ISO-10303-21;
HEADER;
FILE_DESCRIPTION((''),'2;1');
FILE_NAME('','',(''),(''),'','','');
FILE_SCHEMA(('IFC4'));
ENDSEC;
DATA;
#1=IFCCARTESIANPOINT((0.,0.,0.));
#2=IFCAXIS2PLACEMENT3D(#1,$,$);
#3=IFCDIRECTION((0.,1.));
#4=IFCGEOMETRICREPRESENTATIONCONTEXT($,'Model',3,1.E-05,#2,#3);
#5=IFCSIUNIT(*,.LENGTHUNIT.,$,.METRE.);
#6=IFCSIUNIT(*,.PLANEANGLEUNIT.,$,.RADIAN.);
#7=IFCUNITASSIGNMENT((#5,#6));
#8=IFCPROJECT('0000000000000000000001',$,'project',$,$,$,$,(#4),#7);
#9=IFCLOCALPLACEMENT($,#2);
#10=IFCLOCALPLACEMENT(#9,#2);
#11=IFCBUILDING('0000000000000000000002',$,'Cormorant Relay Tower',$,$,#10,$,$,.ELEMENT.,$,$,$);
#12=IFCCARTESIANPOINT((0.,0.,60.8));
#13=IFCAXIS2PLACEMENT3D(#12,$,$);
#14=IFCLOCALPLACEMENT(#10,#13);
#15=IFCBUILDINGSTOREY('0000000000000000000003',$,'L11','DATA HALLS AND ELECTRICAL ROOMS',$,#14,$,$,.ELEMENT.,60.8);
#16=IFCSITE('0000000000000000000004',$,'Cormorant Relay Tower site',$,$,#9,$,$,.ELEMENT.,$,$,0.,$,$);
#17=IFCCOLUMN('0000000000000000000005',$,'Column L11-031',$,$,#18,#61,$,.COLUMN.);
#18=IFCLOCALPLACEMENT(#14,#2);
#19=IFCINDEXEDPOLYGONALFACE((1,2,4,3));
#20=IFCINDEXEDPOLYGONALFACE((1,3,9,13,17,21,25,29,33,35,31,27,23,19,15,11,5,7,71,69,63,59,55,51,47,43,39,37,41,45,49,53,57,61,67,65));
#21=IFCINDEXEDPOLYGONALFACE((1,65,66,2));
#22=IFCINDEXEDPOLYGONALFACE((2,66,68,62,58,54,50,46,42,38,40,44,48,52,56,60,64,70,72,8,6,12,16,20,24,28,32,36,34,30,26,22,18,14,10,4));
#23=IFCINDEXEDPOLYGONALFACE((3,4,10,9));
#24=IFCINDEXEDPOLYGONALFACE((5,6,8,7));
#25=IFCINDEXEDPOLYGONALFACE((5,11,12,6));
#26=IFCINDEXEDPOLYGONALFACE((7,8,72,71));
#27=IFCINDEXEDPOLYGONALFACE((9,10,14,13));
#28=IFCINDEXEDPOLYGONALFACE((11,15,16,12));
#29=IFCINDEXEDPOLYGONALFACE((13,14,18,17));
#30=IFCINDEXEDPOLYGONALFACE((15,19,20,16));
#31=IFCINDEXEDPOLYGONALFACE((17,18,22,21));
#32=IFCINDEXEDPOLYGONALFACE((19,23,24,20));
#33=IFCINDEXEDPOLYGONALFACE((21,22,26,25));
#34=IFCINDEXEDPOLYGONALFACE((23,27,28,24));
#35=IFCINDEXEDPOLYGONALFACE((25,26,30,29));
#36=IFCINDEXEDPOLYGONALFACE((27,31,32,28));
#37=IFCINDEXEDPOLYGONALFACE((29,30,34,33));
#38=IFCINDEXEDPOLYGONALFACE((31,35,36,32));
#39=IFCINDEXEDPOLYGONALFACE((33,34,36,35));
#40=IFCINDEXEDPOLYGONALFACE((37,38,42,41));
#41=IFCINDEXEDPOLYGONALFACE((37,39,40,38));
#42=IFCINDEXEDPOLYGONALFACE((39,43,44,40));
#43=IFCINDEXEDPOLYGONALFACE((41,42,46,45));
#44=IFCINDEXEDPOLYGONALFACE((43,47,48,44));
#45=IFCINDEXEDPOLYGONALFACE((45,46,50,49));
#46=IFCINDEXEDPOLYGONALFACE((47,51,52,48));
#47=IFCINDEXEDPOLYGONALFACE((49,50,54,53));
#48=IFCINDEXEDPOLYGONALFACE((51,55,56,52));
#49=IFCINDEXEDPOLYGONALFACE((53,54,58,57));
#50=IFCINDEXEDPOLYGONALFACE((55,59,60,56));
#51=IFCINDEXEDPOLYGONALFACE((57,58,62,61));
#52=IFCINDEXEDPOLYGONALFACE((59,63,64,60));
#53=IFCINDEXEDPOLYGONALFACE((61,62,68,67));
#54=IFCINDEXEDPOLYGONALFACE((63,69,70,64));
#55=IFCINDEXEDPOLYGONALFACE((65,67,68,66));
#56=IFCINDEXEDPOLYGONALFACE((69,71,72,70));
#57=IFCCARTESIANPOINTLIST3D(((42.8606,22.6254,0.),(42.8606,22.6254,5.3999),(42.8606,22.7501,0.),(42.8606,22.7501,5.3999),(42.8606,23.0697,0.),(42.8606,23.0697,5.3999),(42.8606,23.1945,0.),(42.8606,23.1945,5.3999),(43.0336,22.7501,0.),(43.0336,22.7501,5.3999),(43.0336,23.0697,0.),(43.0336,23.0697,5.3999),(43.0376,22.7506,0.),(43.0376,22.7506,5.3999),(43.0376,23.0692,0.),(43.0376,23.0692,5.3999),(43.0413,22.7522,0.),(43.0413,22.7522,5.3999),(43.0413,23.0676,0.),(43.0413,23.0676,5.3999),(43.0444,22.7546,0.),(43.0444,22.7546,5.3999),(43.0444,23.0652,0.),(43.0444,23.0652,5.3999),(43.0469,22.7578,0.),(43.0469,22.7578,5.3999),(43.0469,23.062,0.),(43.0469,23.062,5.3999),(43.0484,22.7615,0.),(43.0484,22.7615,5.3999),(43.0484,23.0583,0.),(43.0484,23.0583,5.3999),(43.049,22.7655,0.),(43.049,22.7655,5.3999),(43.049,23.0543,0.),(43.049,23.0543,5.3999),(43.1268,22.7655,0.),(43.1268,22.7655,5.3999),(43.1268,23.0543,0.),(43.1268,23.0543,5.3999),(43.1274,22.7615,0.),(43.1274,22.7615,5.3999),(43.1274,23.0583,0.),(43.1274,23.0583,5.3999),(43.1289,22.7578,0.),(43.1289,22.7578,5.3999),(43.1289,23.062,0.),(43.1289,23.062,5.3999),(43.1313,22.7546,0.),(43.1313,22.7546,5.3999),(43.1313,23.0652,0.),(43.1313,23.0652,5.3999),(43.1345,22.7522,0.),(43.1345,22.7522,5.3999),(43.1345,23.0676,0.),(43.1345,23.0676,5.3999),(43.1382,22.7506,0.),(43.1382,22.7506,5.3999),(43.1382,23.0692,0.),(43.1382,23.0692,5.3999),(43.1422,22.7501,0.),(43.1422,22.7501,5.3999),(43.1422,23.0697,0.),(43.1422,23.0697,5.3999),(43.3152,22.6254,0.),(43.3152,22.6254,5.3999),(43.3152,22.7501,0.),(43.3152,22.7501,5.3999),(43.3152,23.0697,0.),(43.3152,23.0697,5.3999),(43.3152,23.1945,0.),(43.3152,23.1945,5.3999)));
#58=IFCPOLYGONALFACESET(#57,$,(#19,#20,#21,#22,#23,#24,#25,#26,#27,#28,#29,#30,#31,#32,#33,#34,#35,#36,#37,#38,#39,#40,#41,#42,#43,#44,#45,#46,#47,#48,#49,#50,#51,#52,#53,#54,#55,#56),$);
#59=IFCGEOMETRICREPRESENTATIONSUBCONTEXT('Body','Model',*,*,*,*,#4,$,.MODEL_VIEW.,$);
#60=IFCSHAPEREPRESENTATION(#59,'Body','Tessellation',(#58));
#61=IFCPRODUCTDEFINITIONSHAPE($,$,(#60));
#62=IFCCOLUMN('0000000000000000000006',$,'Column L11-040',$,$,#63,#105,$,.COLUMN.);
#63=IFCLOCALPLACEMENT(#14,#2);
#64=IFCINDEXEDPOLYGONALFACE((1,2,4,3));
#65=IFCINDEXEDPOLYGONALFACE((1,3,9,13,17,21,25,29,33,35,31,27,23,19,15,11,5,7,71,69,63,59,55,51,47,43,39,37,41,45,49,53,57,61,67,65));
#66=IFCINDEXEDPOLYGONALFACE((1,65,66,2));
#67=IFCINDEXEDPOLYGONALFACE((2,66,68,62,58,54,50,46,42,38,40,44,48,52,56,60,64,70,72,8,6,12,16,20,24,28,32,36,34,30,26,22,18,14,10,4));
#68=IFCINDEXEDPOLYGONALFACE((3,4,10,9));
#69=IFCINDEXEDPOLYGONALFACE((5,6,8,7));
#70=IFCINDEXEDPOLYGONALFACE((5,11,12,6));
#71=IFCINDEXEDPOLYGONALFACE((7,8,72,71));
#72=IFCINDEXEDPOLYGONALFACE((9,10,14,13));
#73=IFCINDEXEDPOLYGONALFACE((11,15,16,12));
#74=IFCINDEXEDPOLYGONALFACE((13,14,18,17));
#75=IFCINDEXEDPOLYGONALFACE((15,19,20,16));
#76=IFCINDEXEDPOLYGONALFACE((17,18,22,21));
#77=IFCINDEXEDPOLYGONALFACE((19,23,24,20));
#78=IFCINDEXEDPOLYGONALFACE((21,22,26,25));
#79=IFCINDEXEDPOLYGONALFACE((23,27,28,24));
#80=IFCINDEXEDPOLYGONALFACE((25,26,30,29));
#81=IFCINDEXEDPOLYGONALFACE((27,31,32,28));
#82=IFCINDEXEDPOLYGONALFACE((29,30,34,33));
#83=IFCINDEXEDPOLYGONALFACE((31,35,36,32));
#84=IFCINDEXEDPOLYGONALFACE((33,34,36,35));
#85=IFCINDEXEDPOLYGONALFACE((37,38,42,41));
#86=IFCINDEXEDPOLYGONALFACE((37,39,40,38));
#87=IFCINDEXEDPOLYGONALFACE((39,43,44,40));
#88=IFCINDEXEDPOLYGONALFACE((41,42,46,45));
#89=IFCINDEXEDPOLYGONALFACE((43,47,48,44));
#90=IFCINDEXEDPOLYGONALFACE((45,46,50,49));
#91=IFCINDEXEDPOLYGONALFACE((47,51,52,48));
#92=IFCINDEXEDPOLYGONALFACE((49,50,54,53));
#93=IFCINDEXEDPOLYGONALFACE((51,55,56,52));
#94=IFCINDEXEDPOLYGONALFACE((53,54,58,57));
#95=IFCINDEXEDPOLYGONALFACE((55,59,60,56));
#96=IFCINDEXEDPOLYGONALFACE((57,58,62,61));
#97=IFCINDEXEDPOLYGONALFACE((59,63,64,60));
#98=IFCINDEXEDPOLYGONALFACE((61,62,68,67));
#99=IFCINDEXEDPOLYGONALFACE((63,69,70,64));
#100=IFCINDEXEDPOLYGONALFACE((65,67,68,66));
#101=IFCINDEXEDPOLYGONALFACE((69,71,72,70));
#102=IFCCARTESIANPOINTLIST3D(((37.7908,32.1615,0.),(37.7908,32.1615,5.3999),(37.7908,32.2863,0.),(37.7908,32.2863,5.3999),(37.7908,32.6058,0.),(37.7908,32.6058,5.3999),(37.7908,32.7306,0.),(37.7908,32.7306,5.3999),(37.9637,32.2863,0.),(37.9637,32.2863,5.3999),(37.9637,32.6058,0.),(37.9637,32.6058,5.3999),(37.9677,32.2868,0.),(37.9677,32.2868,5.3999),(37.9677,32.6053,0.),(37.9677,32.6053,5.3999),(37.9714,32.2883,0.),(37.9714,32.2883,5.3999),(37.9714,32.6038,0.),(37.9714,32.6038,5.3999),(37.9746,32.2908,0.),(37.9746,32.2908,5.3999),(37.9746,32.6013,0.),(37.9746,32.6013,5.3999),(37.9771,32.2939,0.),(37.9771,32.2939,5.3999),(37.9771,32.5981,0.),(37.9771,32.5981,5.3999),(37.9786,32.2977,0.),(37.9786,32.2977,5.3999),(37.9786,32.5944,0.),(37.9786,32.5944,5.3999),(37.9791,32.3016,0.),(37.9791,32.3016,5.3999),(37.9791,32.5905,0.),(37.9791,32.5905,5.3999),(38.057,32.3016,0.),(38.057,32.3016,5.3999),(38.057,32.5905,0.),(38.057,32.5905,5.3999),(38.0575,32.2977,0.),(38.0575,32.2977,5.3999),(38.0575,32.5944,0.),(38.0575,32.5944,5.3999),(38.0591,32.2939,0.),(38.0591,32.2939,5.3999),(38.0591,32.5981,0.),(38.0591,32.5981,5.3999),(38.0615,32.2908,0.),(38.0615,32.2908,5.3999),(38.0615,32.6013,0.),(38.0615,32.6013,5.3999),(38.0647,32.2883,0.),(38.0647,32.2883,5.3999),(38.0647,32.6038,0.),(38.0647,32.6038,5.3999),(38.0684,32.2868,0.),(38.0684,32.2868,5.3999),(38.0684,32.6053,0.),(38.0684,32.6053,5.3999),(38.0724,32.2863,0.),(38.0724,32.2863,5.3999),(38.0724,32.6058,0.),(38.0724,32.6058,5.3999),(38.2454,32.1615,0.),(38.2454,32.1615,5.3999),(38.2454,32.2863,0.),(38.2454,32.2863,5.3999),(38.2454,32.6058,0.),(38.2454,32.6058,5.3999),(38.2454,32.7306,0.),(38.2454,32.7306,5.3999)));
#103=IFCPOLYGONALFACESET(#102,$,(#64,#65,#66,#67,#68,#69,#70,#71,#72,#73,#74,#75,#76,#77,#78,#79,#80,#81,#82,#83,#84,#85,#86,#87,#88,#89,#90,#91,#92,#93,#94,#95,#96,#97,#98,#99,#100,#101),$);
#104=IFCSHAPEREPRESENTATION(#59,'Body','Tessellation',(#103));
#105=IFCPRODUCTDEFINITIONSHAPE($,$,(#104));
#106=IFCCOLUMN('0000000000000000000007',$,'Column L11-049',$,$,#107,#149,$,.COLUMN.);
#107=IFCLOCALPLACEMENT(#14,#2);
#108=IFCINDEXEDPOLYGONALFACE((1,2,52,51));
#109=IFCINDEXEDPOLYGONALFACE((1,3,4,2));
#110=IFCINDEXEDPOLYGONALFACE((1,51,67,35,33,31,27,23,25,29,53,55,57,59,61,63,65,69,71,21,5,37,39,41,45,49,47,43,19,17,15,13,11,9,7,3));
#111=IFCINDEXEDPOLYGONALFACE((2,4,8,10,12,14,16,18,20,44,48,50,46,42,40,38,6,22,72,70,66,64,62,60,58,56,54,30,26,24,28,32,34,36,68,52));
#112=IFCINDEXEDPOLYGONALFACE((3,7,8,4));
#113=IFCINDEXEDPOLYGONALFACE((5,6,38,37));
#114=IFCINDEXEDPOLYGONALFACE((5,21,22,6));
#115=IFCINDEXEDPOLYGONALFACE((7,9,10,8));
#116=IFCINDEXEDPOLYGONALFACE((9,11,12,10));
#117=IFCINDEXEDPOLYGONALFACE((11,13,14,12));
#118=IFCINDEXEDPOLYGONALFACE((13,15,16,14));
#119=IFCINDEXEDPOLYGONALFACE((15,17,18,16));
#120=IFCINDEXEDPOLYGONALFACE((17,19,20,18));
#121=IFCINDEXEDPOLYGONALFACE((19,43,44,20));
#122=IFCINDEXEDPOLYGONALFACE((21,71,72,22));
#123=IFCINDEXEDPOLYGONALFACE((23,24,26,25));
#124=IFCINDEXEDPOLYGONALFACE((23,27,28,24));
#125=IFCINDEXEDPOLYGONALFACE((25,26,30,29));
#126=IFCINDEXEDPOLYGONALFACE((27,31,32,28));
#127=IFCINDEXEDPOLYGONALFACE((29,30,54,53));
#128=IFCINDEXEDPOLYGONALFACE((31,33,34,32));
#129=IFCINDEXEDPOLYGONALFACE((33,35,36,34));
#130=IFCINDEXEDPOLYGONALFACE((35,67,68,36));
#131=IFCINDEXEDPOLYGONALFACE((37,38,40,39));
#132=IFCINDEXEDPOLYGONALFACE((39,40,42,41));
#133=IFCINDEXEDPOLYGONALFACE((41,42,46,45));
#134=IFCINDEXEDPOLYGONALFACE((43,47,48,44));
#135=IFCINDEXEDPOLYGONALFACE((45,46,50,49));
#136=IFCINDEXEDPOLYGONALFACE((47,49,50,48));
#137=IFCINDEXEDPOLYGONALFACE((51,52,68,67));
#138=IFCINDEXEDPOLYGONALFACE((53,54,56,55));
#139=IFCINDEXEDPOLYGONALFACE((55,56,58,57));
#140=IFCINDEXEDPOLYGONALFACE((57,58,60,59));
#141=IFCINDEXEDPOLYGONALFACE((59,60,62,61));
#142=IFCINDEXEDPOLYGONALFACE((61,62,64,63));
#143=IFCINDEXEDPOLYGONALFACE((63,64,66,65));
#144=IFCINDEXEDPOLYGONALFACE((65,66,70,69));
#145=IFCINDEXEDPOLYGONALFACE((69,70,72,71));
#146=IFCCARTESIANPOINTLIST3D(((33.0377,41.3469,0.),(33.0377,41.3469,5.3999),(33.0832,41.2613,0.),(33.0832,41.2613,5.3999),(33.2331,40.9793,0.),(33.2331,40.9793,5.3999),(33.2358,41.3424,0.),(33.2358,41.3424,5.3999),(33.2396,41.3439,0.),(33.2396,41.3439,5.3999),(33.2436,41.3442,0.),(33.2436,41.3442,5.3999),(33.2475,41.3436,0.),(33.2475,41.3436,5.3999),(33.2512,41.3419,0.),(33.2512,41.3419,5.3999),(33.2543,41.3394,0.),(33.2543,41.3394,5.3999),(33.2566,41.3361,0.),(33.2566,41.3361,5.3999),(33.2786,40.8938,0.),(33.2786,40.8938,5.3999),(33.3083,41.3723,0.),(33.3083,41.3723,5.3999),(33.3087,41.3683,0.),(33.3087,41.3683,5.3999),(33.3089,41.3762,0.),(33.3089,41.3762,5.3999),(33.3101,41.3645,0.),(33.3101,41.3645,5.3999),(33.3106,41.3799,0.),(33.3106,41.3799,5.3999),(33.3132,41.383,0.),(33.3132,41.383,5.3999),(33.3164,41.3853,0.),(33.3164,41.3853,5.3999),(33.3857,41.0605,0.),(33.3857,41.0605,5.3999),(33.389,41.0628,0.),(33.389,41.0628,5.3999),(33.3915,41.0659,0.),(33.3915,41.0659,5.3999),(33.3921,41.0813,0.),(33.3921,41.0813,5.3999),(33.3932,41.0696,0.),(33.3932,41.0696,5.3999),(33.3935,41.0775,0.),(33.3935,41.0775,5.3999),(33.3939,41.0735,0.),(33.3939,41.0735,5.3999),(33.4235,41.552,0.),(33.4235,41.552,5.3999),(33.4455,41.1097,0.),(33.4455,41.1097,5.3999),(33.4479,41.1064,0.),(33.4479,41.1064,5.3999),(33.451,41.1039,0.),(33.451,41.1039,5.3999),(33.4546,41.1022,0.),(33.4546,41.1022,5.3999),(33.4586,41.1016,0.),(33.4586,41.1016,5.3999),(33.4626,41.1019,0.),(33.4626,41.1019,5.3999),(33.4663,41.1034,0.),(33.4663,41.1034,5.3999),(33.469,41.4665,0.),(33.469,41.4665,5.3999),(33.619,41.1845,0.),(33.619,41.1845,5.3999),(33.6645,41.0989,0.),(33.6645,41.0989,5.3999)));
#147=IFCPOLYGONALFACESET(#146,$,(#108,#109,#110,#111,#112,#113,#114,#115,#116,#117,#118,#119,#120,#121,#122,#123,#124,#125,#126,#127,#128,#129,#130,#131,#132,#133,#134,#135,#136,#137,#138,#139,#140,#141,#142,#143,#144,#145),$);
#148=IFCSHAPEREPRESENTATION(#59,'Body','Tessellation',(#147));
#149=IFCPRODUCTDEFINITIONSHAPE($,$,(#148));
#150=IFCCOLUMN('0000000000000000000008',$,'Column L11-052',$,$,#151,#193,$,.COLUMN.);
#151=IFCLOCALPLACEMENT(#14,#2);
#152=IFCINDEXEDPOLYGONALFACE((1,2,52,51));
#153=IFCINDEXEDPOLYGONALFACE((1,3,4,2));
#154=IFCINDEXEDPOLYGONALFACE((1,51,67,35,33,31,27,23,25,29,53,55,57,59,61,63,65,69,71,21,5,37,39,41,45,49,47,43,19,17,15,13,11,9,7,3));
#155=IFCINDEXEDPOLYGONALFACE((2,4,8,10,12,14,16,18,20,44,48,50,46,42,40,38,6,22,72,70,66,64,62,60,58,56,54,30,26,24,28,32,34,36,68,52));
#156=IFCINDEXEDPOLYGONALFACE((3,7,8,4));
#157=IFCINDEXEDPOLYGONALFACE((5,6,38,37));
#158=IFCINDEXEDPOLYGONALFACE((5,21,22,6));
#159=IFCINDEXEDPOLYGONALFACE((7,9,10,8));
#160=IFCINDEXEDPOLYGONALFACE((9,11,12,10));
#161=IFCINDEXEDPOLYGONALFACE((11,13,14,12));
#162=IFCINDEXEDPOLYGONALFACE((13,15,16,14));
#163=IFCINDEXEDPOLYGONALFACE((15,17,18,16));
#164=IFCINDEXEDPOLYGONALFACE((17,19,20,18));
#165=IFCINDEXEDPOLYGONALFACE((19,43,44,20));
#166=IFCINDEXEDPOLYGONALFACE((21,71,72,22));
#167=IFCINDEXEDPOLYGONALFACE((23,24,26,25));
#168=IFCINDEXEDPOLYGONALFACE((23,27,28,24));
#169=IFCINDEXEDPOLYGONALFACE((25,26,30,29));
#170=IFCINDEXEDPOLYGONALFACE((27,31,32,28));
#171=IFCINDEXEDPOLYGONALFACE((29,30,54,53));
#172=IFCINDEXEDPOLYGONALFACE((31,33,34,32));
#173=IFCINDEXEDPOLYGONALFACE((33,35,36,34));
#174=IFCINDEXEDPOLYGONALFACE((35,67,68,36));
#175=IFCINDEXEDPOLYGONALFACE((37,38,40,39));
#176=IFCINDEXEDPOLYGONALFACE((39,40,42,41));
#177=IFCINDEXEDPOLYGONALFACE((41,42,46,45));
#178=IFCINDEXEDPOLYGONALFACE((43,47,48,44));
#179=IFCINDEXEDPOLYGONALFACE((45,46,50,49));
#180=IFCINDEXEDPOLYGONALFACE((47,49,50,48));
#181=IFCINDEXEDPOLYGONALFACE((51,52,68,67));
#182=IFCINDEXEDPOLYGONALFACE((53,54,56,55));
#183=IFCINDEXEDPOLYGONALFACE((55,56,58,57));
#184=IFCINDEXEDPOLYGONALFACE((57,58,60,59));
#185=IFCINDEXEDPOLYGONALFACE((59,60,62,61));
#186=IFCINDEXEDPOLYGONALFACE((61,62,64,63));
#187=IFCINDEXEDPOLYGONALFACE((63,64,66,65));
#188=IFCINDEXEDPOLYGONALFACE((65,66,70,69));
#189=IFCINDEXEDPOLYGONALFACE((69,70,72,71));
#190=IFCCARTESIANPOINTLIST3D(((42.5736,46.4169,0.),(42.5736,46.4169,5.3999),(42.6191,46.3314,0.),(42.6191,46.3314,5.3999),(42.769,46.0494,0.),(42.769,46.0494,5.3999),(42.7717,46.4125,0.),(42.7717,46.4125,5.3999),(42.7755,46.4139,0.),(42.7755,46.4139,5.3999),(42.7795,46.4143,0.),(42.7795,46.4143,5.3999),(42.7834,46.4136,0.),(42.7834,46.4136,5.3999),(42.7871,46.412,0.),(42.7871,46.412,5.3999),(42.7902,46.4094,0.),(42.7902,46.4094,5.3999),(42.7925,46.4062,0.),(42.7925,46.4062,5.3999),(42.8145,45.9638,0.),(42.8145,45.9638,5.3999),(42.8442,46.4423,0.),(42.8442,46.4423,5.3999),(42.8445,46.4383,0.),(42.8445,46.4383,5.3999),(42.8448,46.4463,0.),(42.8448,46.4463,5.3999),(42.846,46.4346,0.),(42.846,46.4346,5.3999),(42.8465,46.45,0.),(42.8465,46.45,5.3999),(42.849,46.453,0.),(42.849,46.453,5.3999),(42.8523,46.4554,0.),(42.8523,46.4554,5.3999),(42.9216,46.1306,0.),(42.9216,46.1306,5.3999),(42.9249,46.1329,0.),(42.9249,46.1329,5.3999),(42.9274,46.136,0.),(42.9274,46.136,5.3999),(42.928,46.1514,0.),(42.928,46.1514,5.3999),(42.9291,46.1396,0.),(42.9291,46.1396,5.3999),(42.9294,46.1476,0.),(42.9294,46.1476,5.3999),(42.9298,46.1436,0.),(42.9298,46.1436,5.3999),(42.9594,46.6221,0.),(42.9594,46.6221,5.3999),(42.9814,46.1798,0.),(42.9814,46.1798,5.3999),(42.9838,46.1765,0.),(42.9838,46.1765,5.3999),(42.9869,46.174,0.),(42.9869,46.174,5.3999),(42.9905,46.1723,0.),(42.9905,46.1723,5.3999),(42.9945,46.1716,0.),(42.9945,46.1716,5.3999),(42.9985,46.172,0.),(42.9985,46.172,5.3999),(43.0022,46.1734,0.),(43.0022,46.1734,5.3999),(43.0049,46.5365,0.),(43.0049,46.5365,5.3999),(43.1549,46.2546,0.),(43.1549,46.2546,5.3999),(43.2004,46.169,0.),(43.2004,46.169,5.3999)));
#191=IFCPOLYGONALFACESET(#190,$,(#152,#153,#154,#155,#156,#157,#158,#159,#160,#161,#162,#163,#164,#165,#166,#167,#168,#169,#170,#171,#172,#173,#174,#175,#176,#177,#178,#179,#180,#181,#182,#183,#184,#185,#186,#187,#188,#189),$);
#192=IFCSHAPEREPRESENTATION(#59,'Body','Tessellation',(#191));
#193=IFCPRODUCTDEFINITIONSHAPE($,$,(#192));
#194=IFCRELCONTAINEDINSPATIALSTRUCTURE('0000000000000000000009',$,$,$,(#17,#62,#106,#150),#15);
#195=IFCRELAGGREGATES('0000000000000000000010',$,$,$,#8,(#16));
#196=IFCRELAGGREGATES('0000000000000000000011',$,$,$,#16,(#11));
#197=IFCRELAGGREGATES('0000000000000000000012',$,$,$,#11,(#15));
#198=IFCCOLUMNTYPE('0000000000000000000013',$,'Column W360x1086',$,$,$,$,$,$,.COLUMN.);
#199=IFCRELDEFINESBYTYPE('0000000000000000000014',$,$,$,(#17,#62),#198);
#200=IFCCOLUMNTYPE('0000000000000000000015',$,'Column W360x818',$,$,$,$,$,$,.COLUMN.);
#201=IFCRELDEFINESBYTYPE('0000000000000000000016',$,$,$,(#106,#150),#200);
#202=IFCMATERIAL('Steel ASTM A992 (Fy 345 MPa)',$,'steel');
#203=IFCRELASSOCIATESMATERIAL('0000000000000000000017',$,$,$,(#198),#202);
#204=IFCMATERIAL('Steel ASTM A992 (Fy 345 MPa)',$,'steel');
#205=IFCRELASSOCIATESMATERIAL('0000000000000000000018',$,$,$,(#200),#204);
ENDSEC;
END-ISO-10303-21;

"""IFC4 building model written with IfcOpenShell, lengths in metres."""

from ifc_helpers import new_model, si_unit, direction, frame, origin, origin_2d, place, context, subcontext, project, spatial, i_section, extrude, material, material_profile, profile_set, type_object, element, save


model = new_model("IFC4")

# Units and contexts
model_context = context("Model", 3, precision=1e-05, world=origin(), true_north=direction((0.0, 1.0)))
body_context = subcontext(model_context, "Body", "Model", "MODEL_VIEW")
ifc_project = project(units=[si_unit("LENGTHUNIT", "METRE"), si_unit("PLANEANGLEUNIT", "RADIAN")], contexts=[model_context])

# Site, building, storey
site_placement = place(None, origin())
site = spatial("IfcSite", under=ifc_project, at=site_placement, Name="Cormorant Relay Tower site", CompositionType="ELEMENT", RefElevation=0.0)
building_placement = place(site_placement, origin())
building = spatial("IfcBuilding", under=site, at=building_placement, Name="Cormorant Relay Tower", CompositionType="ELEMENT")
storey_placement = place(building_placement, frame((0.0, 0.0, 60.8)))
storey = spatial("IfcBuildingStorey", under=building, at=storey_placement, Name="L11", Description="DATA HALLS AND ELECTRICAL ROOMS", CompositionType="ELEMENT", Elevation=60.8)

# Columns
ifc_material_1 = material(Name="Steel ASTM A992 (Fy 345 MPa)", Category="steel")
ifc_material_profile_1 = material_profile(ifc_material_1, i_section(OverallWidth=0.4546, OverallDepth=0.5691, WebThickness=0.0779, FlangeThickness=0.1248, FilletRadius=0.0154, at=origin_2d()), Name="W360x1086")
ifc_profile_set_1 = profile_set([ifc_material_profile_1], Name="Steel ASTM A992 (Fy 345 MPa)")
column_type_1 = type_object("IfcColumnType", Name="Column W360x1086", PredefinedType="COLUMN", material=ifc_profile_set_1)
for number, where, z_axis, x_axis, name in (
    (1, (43.0879, 22.9099, 0.0), (0.0, 0.0, 1.0), (1.0, 0.0, 0.0), "Column L11-031"),
    (2, (38.0181, 32.446, 0.0), (0.0, 0.0, 1.0), (1.0, 0.0, 0.0), "Column L11-040"),
):
    element("IfcColumn", number, at=place(storey_placement, frame(where, z_axis=z_axis, x_axis=x_axis)), inside=storey, type_object=column_type_1, Name=name, PredefinedType="COLUMN", context=body_context, shape_type="SweptSolid", body=[
        extrude(i_section(OverallWidth=0.4546, OverallDepth=0.5691, WebThickness=0.0779, FlangeThickness=0.1248, FilletRadius=0.0154, at=origin_2d()), origin(), (0.0, 0.0, 1.0), 5.3999),
    ])
ifc_material_2 = material(Name="Steel ASTM A992 (Fy 345 MPa)", Category="steel")
ifc_material_profile_2 = material_profile(ifc_material_2, i_section(OverallWidth=0.437, OverallDepth=0.5132, WebThickness=0.0605, FlangeThickness=0.0969, FilletRadius=0.0154, at=origin_2d()), Name="W360x818")
ifc_profile_set_2 = profile_set([ifc_material_profile_2], Name="Steel ASTM A992 (Fy 345 MPa)")
column_type_2 = type_object("IfcColumnType", Name="Column W360x818", PredefinedType="COLUMN", material=ifc_profile_set_2)
for number, where, z_axis, x_axis, name in (
    (3, (33.3511, 41.2229, 0.0), (0.0, 0.0, 1.0), (-0.882948, -0.469472, 0.0), "Column L11-049"),
    (4, (42.887, 46.293, 0.0), (0.0, 0.0, 1.0), (-0.882948, -0.469472, 0.0), "Column L11-052"),
):
    element("IfcColumn", number, at=place(storey_placement, frame(where, z_axis=z_axis, x_axis=x_axis)), inside=storey, type_object=column_type_2, Name=name, PredefinedType="COLUMN", context=body_context, shape_type="SweptSolid", body=[
        extrude(i_section(OverallWidth=0.437, OverallDepth=0.5132, WebThickness=0.0605, FlangeThickness=0.0969, FilletRadius=0.0154, at=origin_2d()), origin(), (0.0, 0.0, 1.0), 5.3999),
    ])

save(model, "model.ifc")
